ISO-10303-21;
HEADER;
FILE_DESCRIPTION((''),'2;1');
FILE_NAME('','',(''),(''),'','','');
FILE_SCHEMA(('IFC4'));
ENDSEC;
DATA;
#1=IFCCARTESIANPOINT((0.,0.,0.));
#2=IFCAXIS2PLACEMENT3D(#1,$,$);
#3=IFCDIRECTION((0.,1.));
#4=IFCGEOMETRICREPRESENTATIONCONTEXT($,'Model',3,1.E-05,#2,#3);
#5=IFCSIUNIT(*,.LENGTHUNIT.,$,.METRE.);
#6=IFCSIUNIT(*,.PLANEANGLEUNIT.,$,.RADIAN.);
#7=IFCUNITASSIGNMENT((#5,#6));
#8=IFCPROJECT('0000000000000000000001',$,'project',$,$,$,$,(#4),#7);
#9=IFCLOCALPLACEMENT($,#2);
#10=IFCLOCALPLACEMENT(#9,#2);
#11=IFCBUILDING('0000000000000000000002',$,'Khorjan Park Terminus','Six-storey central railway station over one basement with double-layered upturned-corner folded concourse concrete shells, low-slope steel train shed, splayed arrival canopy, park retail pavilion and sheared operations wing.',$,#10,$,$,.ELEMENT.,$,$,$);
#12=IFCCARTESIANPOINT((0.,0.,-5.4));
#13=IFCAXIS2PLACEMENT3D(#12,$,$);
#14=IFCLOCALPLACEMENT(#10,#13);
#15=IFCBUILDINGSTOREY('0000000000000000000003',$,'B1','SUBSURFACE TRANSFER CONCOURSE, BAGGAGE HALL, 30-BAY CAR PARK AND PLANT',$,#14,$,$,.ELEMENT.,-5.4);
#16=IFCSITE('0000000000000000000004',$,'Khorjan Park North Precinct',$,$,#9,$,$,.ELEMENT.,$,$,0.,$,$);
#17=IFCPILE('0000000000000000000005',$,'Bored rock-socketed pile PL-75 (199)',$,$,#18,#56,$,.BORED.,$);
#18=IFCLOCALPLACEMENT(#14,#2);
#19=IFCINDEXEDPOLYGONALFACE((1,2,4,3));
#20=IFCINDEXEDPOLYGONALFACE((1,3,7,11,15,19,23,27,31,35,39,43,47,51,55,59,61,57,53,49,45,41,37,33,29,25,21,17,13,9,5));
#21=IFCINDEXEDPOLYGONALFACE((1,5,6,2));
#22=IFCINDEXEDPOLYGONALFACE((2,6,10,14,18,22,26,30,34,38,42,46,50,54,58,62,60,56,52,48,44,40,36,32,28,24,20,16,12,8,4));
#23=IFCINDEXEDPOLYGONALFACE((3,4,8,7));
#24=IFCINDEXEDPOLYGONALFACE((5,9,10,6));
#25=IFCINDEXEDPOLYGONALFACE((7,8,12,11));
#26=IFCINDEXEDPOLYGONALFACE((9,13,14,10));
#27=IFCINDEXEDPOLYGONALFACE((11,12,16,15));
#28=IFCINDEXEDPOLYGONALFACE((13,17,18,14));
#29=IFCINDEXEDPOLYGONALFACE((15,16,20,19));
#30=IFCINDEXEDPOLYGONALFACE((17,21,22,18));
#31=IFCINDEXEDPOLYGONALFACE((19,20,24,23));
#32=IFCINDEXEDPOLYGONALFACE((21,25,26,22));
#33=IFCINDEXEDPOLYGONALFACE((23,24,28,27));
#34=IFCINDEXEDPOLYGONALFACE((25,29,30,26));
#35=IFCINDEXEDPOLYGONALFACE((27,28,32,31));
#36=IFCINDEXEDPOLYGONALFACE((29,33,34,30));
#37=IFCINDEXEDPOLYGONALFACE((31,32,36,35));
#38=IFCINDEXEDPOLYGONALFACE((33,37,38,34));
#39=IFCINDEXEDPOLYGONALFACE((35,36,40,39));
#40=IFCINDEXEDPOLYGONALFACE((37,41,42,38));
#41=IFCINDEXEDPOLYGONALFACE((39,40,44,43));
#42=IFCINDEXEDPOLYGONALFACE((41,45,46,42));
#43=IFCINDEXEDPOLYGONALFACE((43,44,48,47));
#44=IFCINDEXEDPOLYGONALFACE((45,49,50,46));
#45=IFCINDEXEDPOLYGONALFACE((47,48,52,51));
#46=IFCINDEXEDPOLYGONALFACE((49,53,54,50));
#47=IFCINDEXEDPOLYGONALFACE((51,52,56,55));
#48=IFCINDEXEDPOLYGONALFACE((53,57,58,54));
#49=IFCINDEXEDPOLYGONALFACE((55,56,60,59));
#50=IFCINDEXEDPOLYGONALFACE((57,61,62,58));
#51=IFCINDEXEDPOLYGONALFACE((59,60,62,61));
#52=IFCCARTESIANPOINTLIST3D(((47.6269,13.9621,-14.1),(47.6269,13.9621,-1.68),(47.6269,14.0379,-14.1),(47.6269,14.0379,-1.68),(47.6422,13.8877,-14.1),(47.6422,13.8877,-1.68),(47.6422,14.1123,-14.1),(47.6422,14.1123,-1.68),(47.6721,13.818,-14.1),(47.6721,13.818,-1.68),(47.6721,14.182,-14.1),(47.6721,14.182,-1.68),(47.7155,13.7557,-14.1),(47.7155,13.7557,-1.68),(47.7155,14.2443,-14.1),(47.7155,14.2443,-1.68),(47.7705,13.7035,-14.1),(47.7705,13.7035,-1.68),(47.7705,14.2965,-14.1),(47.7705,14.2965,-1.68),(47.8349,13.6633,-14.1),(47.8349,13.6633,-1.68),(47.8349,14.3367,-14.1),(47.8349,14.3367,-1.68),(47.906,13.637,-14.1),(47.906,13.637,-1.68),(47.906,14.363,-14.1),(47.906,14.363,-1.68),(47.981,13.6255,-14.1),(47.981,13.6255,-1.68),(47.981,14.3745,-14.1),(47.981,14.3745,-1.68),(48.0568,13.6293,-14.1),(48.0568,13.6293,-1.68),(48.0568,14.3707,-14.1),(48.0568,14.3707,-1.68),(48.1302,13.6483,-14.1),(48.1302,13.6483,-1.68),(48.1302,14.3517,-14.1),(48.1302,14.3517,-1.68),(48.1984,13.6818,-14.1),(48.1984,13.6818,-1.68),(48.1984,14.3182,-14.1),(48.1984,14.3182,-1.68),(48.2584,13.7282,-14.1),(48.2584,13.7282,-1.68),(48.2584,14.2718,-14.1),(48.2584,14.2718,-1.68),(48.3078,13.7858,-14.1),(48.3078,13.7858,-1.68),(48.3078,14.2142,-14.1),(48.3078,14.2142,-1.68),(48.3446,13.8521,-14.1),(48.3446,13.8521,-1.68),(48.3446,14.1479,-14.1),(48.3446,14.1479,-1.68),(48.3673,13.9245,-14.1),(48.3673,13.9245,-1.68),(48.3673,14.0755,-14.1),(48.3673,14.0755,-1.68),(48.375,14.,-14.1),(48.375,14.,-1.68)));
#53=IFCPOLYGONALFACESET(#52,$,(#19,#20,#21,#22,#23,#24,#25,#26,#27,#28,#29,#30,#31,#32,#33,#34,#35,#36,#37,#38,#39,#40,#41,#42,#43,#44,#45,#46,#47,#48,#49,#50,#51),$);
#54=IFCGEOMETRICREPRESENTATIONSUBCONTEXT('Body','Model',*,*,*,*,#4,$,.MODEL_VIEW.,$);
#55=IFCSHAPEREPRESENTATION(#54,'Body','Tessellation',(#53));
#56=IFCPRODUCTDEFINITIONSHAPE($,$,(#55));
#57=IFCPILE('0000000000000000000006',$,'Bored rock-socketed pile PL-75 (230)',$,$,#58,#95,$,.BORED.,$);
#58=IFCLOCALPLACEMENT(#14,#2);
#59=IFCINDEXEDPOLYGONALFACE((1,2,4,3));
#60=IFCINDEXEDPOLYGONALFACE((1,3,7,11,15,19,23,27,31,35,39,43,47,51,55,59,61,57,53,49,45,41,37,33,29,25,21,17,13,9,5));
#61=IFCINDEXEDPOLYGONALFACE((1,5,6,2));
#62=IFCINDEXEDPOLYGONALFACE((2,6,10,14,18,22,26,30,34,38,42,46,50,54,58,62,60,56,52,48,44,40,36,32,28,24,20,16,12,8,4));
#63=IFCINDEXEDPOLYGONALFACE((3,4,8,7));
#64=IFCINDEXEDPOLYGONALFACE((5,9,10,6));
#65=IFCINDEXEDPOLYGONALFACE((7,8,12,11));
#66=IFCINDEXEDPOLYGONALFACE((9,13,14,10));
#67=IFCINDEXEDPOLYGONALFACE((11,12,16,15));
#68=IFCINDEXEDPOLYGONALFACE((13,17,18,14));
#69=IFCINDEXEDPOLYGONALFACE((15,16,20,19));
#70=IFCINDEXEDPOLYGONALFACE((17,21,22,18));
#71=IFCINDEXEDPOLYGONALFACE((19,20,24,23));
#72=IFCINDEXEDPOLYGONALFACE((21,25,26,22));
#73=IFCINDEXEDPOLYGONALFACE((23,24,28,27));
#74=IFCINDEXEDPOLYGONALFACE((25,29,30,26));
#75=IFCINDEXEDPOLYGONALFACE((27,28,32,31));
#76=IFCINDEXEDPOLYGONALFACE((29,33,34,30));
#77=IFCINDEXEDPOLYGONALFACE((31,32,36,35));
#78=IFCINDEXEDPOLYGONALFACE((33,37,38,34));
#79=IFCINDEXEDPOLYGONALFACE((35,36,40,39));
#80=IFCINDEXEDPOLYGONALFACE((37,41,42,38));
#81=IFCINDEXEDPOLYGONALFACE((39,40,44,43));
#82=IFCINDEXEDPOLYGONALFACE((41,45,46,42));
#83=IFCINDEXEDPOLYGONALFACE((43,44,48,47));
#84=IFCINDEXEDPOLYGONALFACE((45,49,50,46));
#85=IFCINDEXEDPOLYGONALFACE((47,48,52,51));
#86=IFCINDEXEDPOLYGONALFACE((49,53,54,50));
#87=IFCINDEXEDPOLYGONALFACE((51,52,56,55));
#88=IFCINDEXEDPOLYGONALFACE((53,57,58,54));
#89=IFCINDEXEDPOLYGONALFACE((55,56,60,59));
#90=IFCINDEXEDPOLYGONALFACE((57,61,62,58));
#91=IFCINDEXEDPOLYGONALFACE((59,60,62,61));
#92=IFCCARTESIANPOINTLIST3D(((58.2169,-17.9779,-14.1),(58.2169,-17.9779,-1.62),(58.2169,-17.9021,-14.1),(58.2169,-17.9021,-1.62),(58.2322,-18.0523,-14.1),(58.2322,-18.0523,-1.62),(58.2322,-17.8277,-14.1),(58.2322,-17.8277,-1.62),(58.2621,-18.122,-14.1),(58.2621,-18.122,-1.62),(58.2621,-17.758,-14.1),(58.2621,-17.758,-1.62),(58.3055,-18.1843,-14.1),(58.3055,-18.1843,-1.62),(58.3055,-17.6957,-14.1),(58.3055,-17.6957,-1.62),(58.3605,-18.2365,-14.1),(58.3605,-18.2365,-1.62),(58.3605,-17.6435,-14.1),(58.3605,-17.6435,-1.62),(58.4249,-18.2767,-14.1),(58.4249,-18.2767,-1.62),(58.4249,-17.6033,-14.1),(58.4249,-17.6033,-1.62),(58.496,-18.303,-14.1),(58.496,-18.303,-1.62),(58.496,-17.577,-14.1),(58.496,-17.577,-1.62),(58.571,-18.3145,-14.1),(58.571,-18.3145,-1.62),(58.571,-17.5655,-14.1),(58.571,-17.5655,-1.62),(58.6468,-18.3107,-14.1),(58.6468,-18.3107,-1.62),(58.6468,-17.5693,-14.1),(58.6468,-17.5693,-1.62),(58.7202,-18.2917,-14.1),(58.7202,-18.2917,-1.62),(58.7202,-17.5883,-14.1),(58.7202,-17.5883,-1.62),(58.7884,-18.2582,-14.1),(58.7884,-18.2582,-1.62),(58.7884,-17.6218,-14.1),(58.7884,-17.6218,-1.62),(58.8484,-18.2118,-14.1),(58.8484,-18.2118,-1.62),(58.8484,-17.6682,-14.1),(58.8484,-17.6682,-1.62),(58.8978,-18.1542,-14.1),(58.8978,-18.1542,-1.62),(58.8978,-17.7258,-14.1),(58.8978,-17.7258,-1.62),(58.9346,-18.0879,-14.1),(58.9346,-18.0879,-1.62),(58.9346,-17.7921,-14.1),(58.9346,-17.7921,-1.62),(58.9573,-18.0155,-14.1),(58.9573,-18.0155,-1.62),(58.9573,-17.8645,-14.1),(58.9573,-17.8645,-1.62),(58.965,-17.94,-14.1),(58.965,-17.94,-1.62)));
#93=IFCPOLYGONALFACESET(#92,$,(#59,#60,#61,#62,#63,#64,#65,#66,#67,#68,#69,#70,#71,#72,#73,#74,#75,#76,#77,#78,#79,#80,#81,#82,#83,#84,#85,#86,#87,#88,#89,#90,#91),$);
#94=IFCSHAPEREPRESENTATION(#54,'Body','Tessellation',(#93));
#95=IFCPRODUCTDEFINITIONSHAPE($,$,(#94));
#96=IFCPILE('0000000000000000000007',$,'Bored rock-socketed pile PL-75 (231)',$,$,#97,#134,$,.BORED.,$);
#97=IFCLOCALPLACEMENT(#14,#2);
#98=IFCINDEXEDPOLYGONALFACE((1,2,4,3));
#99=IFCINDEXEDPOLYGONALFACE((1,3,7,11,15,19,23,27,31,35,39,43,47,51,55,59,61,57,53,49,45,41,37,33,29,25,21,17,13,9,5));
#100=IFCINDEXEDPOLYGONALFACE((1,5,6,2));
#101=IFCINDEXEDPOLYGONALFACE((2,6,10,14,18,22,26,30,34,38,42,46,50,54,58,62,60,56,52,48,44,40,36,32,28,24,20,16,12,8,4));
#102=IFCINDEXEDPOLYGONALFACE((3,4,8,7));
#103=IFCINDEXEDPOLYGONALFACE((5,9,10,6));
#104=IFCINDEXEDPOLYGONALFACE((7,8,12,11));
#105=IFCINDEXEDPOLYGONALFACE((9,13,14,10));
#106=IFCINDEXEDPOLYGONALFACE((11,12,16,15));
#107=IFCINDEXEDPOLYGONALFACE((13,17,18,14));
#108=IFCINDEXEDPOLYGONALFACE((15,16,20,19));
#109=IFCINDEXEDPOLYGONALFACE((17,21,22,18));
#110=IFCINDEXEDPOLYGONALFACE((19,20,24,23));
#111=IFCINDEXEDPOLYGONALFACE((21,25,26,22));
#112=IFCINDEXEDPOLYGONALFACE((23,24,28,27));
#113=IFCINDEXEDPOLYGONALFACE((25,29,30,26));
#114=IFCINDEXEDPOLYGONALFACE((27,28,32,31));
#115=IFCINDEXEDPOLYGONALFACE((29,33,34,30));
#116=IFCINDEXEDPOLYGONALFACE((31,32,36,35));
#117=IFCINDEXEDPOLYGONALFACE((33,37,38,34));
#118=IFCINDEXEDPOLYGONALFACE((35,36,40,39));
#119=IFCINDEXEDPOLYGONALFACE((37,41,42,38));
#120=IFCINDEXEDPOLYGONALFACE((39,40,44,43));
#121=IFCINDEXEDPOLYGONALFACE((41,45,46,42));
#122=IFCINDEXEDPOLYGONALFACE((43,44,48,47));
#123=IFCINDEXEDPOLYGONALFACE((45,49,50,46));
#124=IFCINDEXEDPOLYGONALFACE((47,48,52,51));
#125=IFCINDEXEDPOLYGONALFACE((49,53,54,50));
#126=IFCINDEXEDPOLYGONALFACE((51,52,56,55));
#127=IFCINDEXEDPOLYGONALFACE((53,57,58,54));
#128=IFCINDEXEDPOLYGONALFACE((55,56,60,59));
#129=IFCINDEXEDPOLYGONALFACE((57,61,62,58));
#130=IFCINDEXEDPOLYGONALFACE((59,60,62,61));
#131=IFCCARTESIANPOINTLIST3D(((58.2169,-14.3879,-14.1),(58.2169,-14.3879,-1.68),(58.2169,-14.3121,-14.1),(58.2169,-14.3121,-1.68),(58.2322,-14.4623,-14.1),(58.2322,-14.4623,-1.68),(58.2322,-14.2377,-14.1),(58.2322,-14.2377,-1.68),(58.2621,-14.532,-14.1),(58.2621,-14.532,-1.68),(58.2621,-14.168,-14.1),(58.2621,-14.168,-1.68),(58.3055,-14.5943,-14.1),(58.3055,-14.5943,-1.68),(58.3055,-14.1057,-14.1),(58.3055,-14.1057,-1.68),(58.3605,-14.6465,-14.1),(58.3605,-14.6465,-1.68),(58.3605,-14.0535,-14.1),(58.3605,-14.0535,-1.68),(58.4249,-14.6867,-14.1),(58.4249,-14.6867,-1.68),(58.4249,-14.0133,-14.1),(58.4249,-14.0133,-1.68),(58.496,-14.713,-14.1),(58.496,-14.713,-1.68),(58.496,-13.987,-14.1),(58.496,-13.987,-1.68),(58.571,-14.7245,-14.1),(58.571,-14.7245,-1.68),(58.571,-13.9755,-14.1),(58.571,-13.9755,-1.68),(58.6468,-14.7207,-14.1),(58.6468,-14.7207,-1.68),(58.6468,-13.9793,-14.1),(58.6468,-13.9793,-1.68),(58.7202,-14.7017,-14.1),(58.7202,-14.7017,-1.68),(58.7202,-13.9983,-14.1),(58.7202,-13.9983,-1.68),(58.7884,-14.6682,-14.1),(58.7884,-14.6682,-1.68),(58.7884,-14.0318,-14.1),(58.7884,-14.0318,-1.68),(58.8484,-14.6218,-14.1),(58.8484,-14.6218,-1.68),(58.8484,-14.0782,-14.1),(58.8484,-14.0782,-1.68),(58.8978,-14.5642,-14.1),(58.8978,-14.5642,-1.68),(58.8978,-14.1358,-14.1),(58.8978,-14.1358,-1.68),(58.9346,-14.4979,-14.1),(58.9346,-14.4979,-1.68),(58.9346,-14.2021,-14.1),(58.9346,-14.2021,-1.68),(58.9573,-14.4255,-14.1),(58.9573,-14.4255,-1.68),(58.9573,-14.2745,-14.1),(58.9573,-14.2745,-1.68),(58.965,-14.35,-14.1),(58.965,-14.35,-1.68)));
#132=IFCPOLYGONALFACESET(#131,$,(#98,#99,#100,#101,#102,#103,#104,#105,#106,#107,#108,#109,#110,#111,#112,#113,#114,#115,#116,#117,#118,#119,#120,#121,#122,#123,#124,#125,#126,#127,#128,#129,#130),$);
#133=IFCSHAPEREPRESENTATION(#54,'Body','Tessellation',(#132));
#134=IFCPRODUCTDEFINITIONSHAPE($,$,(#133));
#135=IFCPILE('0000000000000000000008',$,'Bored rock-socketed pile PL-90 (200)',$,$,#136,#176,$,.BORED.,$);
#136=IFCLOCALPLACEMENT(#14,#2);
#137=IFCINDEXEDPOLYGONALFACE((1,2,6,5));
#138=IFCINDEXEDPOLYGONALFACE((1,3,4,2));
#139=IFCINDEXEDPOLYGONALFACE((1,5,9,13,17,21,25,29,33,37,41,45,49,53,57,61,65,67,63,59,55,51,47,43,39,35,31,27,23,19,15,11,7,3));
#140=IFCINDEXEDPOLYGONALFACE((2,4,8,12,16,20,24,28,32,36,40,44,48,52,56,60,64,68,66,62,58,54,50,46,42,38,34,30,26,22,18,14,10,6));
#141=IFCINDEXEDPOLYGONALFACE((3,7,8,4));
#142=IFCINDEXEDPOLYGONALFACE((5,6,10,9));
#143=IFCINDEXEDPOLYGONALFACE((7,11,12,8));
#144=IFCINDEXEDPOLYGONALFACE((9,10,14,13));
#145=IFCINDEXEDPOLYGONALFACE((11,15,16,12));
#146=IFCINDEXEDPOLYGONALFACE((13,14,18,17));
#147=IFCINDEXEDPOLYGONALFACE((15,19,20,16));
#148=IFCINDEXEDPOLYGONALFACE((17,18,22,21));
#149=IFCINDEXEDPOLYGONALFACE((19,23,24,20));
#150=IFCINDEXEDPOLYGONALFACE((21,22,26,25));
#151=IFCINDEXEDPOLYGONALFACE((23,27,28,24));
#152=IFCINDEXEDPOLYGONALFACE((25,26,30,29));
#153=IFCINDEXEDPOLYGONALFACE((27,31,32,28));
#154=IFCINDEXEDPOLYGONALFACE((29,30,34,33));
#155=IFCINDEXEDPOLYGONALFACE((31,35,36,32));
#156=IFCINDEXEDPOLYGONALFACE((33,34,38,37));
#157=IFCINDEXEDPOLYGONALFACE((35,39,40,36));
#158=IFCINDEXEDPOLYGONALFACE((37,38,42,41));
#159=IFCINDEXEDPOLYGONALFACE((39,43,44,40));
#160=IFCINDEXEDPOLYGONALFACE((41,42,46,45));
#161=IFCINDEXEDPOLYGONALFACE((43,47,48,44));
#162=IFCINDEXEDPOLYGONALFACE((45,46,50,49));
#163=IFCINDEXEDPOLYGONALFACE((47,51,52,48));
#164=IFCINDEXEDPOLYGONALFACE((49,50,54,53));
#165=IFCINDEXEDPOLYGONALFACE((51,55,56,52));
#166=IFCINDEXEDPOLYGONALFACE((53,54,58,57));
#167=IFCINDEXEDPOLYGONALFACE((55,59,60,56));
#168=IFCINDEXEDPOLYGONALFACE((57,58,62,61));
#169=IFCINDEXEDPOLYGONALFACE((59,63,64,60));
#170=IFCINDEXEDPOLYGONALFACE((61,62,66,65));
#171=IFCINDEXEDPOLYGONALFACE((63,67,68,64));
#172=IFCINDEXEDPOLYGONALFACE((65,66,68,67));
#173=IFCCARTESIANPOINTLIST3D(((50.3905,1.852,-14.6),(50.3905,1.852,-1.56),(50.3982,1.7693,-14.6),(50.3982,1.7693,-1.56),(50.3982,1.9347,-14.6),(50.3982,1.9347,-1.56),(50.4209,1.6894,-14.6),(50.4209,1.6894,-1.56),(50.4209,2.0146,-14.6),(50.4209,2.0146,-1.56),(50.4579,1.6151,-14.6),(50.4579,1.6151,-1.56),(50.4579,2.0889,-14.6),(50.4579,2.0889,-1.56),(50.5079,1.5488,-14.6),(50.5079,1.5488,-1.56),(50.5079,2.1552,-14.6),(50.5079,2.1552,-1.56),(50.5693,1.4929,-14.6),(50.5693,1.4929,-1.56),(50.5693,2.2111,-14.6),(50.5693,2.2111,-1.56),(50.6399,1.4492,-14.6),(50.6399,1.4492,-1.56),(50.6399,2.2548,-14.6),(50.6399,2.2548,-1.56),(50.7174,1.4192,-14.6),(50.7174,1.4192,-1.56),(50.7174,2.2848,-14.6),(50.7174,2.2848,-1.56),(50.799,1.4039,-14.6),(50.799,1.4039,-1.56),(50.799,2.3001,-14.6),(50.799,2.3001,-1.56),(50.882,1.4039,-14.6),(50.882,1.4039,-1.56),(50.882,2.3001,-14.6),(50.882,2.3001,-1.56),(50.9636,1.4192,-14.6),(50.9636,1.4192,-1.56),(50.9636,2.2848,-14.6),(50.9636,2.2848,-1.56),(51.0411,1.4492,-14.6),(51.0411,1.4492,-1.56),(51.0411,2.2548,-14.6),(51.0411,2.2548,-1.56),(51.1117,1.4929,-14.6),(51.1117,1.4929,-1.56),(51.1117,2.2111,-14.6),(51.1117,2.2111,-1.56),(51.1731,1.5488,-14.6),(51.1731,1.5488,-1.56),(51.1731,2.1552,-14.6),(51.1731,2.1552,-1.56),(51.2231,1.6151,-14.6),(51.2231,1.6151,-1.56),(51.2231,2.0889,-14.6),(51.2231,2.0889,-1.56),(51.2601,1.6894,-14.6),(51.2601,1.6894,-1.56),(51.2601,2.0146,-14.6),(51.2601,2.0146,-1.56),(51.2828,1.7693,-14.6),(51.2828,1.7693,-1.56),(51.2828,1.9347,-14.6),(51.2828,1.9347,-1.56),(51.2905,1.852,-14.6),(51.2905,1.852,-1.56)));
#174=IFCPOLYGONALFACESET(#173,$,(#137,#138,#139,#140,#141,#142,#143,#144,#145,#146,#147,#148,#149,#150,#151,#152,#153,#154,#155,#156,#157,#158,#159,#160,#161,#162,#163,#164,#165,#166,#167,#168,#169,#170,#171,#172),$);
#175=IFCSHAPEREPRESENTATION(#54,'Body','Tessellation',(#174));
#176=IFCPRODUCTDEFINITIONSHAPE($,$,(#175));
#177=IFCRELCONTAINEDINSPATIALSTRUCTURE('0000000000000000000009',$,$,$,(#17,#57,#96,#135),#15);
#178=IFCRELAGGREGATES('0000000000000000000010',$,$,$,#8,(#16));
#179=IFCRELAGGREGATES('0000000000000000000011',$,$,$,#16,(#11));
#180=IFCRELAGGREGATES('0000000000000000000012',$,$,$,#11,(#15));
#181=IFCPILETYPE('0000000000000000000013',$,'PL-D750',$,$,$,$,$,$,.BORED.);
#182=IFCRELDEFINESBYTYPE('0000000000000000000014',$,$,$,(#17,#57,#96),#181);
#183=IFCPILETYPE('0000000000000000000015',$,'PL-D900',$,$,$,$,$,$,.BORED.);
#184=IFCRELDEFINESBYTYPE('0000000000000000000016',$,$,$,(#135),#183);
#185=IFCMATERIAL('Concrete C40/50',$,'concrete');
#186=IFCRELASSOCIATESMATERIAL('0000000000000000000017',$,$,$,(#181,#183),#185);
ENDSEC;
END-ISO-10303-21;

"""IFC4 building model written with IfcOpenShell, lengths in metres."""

from ifc_helpers import new_model, si_unit, direction, frame, origin, origin_2d, place, context, subcontext, project, spatial, circle, extrude, material, material_profile, profile_set, type_object, element, save


model = new_model("IFC4")

# Units and contexts
model_context = context("Model", 3, precision=1e-05, world=origin(), true_north=direction((0.0, 1.0)))
body_context = subcontext(model_context, "Body", "Model", "MODEL_VIEW")
ifc_project = project(units=[si_unit("LENGTHUNIT", "METRE"), si_unit("PLANEANGLEUNIT", "RADIAN")], contexts=[model_context])

# Site, building, storey
site_placement = place(None, origin())
site = spatial("IfcSite", under=ifc_project, at=site_placement, Name="Khorjan Park North Precinct", CompositionType="ELEMENT", RefElevation=0.0)
building_placement = place(site_placement, origin())
building = spatial("IfcBuilding", under=site, at=building_placement, Name="Khorjan Park Terminus", Description="Six-storey central railway station over one basement with double-layered upturned-corner folded concourse concrete shells, low-slope steel train shed, splayed arrival canopy, park retail pavilion and sheared operations wing.", CompositionType="ELEMENT")
storey_placement = place(building_placement, frame((0.0, 0.0, -5.4)))
storey = spatial("IfcBuildingStorey", under=building, at=storey_placement, Name="B1", Description="SUBSURFACE TRANSFER CONCOURSE, BAGGAGE HALL, 30-BAY CAR PARK AND PLANT", CompositionType="ELEMENT", Elevation=-5.4)

# Shared definitions
ifc_material_1 = material(Name="Concrete C40/50", Category="concrete")

# Piles
ifc_material_profile_1 = material_profile(ifc_material_1, circle(Radius=0.375, at=origin_2d()), Name="BORED D750")
ifc_profile_set_1 = profile_set([ifc_material_profile_1], Name="Concrete C40/50")
pile_type_1 = type_object("IfcPileType", Name="PL-D750", PredefinedType="BORED", material=ifc_profile_set_1)
pile_1_placement = place(storey_placement, frame((48.0, 14.0, -1.68), z_axis=(0.0, 0.0, -1.0), x_axis=(1.0, 0.0, 0.0)))
element("IfcPile", 1, at=pile_1_placement, inside=storey, type_object=pile_type_1, Name="Bored rock-socketed pile PL-75 (199)", PredefinedType="BORED", context=body_context, shape_type="SweptSolid", body=[
    extrude(circle(Radius=0.375, at=origin_2d()), origin(), (0.0, 0.0, 1.0), 12.42),
])
pile_2_placement = place(storey_placement, frame((58.59, -17.94, -1.62), z_axis=(0.0, 0.0, -1.0), x_axis=(1.0, 0.0, 0.0)))
element("IfcPile", 2, at=pile_2_placement, inside=storey, type_object=pile_type_1, Name="Bored rock-socketed pile PL-75 (230)", PredefinedType="BORED", context=body_context, shape_type="SweptSolid", body=[
    extrude(circle(Radius=0.375, at=origin_2d()), origin(), (0.0, 0.0, 1.0), 12.48),
])
pile_3_placement = place(storey_placement, frame((58.59, -14.35, -1.68), z_axis=(0.0, 0.0, -1.0), x_axis=(1.0, 0.0, 0.0)))
element("IfcPile", 3, at=pile_3_placement, inside=storey, type_object=pile_type_1, Name="Bored rock-socketed pile PL-75 (231)", PredefinedType="BORED", context=body_context, shape_type="SweptSolid", body=[
    extrude(circle(Radius=0.375, at=origin_2d()), origin(), (0.0, 0.0, 1.0), 12.42),
])
ifc_material_profile_2 = material_profile(ifc_material_1, circle(Radius=0.45, at=origin_2d()), Name="BORED D900")
ifc_profile_set_2 = profile_set([ifc_material_profile_2], Name="Concrete C40/50")
pile_type_2 = type_object("IfcPileType", Name="PL-D900", PredefinedType="BORED", material=ifc_profile_set_2)
for number, where, z_axis, x_axis, name in (
    (4, (50.8405, 1.852, -1.56), (0.0, 0.0, -1.0), (1.0, 0.0, 0.0), "Bored rock-socketed pile PL-90 (200)"),
):
    element("IfcPile", number, at=place(storey_placement, frame(where, z_axis=z_axis, x_axis=x_axis)), inside=storey, type_object=pile_type_2, Name=name, PredefinedType="BORED", context=body_context, shape_type="SweptSolid", body=[
        extrude(circle(Radius=0.45, at=origin_2d()), origin(), (0.0, 0.0, 1.0), 13.04),
    ])

save(model, "model.ifc")
